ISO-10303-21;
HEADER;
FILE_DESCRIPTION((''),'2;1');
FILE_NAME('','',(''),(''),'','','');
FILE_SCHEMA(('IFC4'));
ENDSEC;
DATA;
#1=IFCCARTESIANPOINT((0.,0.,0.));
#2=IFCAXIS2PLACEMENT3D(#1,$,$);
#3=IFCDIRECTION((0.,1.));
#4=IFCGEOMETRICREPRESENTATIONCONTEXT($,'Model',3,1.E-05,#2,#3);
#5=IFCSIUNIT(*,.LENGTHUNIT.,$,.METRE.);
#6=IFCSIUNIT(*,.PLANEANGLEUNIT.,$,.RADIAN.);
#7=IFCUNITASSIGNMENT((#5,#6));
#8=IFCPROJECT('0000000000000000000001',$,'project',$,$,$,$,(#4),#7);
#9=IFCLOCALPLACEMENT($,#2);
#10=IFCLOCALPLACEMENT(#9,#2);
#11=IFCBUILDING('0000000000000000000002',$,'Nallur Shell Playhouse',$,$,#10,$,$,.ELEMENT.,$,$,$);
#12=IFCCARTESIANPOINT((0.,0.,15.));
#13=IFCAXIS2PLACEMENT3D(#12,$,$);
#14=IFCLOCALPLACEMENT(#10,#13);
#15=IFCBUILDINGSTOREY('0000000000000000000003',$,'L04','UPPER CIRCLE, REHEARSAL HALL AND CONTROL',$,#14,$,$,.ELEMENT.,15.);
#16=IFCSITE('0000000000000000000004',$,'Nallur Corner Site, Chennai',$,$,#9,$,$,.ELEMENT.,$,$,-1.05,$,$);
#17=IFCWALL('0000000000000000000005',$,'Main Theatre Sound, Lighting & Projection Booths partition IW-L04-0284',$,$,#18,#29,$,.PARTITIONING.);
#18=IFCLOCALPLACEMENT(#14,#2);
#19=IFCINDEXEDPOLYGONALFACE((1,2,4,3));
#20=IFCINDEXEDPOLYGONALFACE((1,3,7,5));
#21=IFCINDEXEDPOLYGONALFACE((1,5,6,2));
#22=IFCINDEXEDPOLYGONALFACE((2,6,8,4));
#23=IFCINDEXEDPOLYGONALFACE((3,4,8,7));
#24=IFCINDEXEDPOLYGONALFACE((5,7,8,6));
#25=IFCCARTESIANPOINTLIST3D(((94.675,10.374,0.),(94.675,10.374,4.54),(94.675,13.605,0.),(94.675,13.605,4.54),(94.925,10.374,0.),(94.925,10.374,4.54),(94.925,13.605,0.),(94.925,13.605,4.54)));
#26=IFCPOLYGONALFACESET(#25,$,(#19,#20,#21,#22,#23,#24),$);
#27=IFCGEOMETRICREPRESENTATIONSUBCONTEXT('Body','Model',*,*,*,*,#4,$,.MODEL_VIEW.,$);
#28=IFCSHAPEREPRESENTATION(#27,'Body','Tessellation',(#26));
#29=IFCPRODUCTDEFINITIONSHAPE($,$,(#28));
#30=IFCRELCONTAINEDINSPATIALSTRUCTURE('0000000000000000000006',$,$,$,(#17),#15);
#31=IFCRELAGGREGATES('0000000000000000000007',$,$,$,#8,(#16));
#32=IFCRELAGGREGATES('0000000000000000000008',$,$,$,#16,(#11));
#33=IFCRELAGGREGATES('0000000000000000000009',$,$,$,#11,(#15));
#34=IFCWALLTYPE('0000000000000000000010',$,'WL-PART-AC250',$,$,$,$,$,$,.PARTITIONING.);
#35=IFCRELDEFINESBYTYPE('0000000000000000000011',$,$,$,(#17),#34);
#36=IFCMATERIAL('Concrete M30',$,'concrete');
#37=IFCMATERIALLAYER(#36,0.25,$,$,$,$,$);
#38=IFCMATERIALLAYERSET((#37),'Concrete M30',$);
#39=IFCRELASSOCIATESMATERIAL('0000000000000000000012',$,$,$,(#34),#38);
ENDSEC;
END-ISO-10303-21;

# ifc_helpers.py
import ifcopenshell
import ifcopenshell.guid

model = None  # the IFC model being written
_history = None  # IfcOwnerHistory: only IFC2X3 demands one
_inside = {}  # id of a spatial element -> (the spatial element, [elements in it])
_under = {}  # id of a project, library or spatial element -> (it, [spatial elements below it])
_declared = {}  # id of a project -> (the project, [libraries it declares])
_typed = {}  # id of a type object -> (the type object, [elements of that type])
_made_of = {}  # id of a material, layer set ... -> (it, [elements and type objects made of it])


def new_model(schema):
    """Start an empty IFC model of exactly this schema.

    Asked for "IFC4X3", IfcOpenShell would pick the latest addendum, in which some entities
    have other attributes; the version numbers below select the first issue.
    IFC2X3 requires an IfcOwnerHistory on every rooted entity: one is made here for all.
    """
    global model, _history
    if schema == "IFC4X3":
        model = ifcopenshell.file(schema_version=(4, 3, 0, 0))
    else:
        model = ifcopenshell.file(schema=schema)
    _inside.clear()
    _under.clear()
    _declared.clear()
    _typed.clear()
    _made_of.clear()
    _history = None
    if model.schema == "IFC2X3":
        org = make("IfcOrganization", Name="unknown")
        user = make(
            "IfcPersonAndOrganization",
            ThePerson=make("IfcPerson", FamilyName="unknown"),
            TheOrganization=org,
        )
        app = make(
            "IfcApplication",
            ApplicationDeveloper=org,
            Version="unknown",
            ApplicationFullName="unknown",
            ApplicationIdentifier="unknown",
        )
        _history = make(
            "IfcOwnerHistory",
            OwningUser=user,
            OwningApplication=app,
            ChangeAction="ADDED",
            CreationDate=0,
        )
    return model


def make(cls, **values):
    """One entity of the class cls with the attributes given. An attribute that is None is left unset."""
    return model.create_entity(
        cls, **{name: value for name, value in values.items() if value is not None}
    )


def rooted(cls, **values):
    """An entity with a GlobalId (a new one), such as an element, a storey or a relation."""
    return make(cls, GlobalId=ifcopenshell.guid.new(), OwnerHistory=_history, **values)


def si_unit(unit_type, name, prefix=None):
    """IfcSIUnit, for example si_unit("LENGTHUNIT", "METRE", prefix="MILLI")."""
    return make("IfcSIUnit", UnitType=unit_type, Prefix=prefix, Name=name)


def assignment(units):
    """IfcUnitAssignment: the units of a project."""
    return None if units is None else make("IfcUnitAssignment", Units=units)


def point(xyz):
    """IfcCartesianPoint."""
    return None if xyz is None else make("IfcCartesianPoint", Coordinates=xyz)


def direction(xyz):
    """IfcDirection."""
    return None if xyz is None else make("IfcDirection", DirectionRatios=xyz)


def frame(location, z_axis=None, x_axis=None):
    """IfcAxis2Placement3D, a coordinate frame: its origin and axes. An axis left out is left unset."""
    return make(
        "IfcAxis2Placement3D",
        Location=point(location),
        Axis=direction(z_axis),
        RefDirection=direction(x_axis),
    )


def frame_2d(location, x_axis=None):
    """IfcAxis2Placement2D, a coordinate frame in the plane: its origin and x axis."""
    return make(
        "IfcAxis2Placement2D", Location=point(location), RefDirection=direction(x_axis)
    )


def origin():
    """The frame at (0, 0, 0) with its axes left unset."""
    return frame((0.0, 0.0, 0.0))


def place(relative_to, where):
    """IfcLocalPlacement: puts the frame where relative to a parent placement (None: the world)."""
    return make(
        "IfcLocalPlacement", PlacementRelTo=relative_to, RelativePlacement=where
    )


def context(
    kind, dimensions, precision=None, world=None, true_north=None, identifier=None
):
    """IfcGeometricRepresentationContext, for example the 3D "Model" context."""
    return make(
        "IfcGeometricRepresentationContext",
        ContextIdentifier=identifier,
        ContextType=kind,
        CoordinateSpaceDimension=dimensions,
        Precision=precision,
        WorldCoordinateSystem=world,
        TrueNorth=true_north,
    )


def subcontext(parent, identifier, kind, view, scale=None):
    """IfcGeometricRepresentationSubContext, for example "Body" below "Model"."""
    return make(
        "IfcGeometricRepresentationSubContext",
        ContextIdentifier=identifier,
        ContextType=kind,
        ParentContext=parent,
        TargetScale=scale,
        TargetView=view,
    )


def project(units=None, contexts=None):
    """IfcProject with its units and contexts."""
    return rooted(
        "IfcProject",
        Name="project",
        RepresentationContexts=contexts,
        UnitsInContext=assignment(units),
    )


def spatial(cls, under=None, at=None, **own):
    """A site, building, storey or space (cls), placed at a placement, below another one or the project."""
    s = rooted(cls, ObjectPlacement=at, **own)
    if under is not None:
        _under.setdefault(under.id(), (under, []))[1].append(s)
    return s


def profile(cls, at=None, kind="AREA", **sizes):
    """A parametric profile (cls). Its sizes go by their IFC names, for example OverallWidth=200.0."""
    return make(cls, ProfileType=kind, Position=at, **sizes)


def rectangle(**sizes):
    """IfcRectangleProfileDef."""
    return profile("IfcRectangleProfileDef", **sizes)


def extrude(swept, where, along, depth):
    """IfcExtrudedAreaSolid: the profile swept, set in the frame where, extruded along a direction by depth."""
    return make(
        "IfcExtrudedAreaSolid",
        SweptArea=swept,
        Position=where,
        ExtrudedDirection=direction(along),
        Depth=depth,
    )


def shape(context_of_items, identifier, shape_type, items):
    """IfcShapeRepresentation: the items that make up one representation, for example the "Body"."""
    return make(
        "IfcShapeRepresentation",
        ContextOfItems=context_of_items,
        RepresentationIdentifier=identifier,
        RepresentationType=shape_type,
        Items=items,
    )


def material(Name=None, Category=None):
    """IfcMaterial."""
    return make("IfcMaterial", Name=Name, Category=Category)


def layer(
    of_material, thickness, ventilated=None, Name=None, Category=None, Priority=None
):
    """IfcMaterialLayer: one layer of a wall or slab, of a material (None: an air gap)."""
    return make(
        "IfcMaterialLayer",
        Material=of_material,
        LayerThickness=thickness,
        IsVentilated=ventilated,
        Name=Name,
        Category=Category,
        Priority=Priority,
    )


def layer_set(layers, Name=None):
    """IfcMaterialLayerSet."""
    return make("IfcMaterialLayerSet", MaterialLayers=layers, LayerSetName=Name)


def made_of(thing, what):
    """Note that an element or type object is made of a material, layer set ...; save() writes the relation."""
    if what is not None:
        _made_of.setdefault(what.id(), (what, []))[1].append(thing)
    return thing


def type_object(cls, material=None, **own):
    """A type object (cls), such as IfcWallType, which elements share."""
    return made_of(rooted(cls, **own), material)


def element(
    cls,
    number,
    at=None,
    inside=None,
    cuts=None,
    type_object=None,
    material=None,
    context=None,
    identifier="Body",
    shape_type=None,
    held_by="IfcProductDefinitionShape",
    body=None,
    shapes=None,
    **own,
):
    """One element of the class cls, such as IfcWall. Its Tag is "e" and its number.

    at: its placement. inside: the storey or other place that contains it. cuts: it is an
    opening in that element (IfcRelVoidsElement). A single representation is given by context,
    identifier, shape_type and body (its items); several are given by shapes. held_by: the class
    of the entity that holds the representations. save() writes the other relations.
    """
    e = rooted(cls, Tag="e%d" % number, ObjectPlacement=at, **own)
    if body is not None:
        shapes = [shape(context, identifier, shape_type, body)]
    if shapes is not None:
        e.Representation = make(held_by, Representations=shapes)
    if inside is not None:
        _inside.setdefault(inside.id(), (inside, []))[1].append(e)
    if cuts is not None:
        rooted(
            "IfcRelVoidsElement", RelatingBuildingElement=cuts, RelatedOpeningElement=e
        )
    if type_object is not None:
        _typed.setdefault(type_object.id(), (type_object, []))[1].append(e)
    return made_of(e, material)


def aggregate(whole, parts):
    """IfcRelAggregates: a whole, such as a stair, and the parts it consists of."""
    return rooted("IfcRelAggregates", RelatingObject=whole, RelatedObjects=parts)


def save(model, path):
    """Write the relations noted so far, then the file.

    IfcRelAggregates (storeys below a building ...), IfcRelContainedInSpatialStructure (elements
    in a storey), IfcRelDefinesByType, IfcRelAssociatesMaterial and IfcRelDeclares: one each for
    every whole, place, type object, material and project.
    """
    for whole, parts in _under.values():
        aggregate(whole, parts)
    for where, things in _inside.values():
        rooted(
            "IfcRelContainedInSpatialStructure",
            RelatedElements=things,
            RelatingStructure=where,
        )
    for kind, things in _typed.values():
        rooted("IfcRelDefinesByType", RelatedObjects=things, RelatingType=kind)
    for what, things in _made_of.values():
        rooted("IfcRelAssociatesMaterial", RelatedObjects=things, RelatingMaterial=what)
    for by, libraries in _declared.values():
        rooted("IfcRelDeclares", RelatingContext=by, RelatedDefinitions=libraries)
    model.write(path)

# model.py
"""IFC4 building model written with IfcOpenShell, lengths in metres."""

from ifc_helpers import new_model, si_unit, direction, frame, frame_2d, origin, place, context, subcontext, project, spatial, rectangle, extrude, material, layer, layer_set, type_object, element, save


model = new_model("IFC4")

# Units and contexts
model_context = context("Model", 3, precision=1e-05, world=origin(), true_north=direction((0.0, 1.0)))
body_context = subcontext(model_context, "Body", "Model", "MODEL_VIEW")
ifc_project = project(units=[si_unit("LENGTHUNIT", "METRE"), si_unit("PLANEANGLEUNIT", "RADIAN")], contexts=[model_context])

# Site, building, storey
site_placement = place(None, origin())
site = spatial("IfcSite", under=ifc_project, at=site_placement, Name="Nallur Corner Site, Chennai", CompositionType="ELEMENT", RefElevation=-1.05)
building_placement = place(site_placement, origin())
building = spatial("IfcBuilding", under=site, at=building_placement, Name="Nallur Shell Playhouse", CompositionType="ELEMENT")
storey_placement = place(building_placement, frame((0.0, 0.0, 15.0)))
storey = spatial("IfcBuildingStorey", under=building, at=storey_placement, Name="L04", Description="UPPER CIRCLE, REHEARSAL HALL AND CONTROL", CompositionType="ELEMENT", Elevation=15.0)

# Wall
ifc_material_1 = material(Name="Concrete M30", Category="concrete")
ifc_layer_1 = layer(ifc_material_1, 0.25)
ifc_layer_set_1 = layer_set([ifc_layer_1], Name="Concrete M30")
wall_type_1 = type_object("IfcWallType", Name="WL-PART-AC250", PredefinedType="PARTITIONING", material=ifc_layer_set_1)
wall_1_placement = place(storey_placement, frame((94.8, 13.605, 0.0), z_axis=(0.0, 0.0, 1.0), x_axis=(0.0, -1.0, 0.0)))
element("IfcWall", 1, at=wall_1_placement, inside=storey, type_object=wall_type_1, Name="Main Theatre Sound, Lighting & Projection Booths partition IW-L04-0284", PredefinedType="PARTITIONING", context=body_context, shape_type="SweptSolid", body=[
    extrude(rectangle(XDim=3.231, YDim=0.25, at=frame_2d((1.6155, 0.0))), origin(), (0.0, 0.0, 1.0), 4.54),
])

save(model, "model.ifc")
